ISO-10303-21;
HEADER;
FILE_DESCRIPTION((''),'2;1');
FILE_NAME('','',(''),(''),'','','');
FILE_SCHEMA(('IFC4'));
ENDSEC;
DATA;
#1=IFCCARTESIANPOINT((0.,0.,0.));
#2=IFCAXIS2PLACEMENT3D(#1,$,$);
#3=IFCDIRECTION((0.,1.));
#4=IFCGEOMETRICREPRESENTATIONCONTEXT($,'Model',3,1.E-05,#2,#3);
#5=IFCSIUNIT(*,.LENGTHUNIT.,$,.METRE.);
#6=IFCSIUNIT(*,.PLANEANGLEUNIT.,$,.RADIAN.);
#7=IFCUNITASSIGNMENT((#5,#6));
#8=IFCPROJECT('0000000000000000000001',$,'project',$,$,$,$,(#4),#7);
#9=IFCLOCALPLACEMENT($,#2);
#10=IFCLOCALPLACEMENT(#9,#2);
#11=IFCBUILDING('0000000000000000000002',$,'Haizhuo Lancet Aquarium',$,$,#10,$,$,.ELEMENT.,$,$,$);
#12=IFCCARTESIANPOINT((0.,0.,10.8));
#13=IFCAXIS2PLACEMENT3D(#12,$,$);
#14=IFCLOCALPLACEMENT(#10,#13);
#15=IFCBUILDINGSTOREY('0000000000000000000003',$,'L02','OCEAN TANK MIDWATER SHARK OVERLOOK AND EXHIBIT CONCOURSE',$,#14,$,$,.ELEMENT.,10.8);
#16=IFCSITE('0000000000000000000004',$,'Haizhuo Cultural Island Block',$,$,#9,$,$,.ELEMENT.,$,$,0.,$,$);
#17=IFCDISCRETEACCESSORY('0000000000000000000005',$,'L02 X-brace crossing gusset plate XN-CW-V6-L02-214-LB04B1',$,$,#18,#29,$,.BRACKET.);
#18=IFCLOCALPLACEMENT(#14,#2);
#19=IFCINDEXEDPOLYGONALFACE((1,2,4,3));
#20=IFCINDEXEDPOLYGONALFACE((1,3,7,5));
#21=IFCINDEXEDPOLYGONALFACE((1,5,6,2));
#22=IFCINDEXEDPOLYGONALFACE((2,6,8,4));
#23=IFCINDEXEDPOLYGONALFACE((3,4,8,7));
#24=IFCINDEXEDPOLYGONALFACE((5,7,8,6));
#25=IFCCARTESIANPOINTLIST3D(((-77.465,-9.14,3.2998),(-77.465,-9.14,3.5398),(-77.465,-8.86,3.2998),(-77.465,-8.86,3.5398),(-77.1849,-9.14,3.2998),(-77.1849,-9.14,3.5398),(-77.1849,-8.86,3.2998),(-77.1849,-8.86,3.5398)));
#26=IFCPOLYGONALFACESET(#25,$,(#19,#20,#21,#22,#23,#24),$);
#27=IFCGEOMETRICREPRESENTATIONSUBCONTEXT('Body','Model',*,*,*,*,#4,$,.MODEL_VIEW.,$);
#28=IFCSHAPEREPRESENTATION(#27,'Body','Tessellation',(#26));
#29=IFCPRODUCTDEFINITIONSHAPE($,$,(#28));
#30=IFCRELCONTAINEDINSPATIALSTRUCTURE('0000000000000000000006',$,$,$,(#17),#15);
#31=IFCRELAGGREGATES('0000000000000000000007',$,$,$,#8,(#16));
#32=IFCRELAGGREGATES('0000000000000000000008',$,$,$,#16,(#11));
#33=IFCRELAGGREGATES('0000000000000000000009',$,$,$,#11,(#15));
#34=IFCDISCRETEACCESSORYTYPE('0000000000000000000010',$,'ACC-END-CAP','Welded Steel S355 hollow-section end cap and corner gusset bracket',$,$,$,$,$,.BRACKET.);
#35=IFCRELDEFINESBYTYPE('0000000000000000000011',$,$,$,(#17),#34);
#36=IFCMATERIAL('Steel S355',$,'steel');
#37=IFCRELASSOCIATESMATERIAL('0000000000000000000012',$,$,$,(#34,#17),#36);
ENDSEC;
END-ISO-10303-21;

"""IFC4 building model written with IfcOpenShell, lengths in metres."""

from ifc_helpers import new_model, si_unit, direction, frame, origin, origin_2d, place, context, subcontext, project, spatial, rectangle, extrude, material, type_object, element, save


model = new_model("IFC4")

# Units and contexts
model_context = context("Model", 3, precision=1e-05, world=origin(), true_north=direction((0.0, 1.0)))
body_context = subcontext(model_context, "Body", "Model", "MODEL_VIEW")
ifc_project = project(units=[si_unit("LENGTHUNIT", "METRE"), si_unit("PLANEANGLEUNIT", "RADIAN")], contexts=[model_context])

# Site, building, storey
site_placement = place(None, origin())
site = spatial("IfcSite", under=ifc_project, at=site_placement, Name="Haizhuo Cultural Island Block", CompositionType="ELEMENT", RefElevation=0.0)
building_placement = place(site_placement, origin())
building = spatial("IfcBuilding", under=site, at=building_placement, Name="Haizhuo Lancet Aquarium", CompositionType="ELEMENT")
storey_placement = place(building_placement, frame((0.0, 0.0, 10.8)))
storey = spatial("IfcBuildingStorey", under=building, at=storey_placement, Name="L02", Description="OCEAN TANK MIDWATER SHARK OVERLOOK AND EXHIBIT CONCOURSE", CompositionType="ELEMENT", Elevation=10.8)

# Shared definitions
ifc_material_1 = material(Name="Steel S355", Category="steel")

# Discrete accessory
discrete_accessory_type = type_object("IfcDiscreteAccessoryType", Name="ACC-END-CAP", Description="Welded Steel S355 hollow-section end cap and corner gusset bracket", PredefinedType="BRACKET", material=ifc_material_1)
for number, where, z_axis, x_axis, name in (
    (1, (-77.325, -9.0, 3.2998), (0.0, 0.0, 1.0), (1.0, 0.0, 0.0), "L02 X-brace crossing gusset plate XN-CW-V6-L02-214-LB04B1"),
):
    element("IfcDiscreteAccessory", number, at=place(storey_placement, frame(where, z_axis=z_axis, x_axis=x_axis)), inside=storey, type_object=discrete_accessory_type, material=ifc_material_1, Name=name, PredefinedType="BRACKET", context=body_context, shape_type="SweptSolid", body=[
        extrude(rectangle(XDim=0.28, YDim=0.28, at=origin_2d()), origin(), (0.0, 0.0, 1.0), 0.24),
    ])

save(model, "model.ifc")
